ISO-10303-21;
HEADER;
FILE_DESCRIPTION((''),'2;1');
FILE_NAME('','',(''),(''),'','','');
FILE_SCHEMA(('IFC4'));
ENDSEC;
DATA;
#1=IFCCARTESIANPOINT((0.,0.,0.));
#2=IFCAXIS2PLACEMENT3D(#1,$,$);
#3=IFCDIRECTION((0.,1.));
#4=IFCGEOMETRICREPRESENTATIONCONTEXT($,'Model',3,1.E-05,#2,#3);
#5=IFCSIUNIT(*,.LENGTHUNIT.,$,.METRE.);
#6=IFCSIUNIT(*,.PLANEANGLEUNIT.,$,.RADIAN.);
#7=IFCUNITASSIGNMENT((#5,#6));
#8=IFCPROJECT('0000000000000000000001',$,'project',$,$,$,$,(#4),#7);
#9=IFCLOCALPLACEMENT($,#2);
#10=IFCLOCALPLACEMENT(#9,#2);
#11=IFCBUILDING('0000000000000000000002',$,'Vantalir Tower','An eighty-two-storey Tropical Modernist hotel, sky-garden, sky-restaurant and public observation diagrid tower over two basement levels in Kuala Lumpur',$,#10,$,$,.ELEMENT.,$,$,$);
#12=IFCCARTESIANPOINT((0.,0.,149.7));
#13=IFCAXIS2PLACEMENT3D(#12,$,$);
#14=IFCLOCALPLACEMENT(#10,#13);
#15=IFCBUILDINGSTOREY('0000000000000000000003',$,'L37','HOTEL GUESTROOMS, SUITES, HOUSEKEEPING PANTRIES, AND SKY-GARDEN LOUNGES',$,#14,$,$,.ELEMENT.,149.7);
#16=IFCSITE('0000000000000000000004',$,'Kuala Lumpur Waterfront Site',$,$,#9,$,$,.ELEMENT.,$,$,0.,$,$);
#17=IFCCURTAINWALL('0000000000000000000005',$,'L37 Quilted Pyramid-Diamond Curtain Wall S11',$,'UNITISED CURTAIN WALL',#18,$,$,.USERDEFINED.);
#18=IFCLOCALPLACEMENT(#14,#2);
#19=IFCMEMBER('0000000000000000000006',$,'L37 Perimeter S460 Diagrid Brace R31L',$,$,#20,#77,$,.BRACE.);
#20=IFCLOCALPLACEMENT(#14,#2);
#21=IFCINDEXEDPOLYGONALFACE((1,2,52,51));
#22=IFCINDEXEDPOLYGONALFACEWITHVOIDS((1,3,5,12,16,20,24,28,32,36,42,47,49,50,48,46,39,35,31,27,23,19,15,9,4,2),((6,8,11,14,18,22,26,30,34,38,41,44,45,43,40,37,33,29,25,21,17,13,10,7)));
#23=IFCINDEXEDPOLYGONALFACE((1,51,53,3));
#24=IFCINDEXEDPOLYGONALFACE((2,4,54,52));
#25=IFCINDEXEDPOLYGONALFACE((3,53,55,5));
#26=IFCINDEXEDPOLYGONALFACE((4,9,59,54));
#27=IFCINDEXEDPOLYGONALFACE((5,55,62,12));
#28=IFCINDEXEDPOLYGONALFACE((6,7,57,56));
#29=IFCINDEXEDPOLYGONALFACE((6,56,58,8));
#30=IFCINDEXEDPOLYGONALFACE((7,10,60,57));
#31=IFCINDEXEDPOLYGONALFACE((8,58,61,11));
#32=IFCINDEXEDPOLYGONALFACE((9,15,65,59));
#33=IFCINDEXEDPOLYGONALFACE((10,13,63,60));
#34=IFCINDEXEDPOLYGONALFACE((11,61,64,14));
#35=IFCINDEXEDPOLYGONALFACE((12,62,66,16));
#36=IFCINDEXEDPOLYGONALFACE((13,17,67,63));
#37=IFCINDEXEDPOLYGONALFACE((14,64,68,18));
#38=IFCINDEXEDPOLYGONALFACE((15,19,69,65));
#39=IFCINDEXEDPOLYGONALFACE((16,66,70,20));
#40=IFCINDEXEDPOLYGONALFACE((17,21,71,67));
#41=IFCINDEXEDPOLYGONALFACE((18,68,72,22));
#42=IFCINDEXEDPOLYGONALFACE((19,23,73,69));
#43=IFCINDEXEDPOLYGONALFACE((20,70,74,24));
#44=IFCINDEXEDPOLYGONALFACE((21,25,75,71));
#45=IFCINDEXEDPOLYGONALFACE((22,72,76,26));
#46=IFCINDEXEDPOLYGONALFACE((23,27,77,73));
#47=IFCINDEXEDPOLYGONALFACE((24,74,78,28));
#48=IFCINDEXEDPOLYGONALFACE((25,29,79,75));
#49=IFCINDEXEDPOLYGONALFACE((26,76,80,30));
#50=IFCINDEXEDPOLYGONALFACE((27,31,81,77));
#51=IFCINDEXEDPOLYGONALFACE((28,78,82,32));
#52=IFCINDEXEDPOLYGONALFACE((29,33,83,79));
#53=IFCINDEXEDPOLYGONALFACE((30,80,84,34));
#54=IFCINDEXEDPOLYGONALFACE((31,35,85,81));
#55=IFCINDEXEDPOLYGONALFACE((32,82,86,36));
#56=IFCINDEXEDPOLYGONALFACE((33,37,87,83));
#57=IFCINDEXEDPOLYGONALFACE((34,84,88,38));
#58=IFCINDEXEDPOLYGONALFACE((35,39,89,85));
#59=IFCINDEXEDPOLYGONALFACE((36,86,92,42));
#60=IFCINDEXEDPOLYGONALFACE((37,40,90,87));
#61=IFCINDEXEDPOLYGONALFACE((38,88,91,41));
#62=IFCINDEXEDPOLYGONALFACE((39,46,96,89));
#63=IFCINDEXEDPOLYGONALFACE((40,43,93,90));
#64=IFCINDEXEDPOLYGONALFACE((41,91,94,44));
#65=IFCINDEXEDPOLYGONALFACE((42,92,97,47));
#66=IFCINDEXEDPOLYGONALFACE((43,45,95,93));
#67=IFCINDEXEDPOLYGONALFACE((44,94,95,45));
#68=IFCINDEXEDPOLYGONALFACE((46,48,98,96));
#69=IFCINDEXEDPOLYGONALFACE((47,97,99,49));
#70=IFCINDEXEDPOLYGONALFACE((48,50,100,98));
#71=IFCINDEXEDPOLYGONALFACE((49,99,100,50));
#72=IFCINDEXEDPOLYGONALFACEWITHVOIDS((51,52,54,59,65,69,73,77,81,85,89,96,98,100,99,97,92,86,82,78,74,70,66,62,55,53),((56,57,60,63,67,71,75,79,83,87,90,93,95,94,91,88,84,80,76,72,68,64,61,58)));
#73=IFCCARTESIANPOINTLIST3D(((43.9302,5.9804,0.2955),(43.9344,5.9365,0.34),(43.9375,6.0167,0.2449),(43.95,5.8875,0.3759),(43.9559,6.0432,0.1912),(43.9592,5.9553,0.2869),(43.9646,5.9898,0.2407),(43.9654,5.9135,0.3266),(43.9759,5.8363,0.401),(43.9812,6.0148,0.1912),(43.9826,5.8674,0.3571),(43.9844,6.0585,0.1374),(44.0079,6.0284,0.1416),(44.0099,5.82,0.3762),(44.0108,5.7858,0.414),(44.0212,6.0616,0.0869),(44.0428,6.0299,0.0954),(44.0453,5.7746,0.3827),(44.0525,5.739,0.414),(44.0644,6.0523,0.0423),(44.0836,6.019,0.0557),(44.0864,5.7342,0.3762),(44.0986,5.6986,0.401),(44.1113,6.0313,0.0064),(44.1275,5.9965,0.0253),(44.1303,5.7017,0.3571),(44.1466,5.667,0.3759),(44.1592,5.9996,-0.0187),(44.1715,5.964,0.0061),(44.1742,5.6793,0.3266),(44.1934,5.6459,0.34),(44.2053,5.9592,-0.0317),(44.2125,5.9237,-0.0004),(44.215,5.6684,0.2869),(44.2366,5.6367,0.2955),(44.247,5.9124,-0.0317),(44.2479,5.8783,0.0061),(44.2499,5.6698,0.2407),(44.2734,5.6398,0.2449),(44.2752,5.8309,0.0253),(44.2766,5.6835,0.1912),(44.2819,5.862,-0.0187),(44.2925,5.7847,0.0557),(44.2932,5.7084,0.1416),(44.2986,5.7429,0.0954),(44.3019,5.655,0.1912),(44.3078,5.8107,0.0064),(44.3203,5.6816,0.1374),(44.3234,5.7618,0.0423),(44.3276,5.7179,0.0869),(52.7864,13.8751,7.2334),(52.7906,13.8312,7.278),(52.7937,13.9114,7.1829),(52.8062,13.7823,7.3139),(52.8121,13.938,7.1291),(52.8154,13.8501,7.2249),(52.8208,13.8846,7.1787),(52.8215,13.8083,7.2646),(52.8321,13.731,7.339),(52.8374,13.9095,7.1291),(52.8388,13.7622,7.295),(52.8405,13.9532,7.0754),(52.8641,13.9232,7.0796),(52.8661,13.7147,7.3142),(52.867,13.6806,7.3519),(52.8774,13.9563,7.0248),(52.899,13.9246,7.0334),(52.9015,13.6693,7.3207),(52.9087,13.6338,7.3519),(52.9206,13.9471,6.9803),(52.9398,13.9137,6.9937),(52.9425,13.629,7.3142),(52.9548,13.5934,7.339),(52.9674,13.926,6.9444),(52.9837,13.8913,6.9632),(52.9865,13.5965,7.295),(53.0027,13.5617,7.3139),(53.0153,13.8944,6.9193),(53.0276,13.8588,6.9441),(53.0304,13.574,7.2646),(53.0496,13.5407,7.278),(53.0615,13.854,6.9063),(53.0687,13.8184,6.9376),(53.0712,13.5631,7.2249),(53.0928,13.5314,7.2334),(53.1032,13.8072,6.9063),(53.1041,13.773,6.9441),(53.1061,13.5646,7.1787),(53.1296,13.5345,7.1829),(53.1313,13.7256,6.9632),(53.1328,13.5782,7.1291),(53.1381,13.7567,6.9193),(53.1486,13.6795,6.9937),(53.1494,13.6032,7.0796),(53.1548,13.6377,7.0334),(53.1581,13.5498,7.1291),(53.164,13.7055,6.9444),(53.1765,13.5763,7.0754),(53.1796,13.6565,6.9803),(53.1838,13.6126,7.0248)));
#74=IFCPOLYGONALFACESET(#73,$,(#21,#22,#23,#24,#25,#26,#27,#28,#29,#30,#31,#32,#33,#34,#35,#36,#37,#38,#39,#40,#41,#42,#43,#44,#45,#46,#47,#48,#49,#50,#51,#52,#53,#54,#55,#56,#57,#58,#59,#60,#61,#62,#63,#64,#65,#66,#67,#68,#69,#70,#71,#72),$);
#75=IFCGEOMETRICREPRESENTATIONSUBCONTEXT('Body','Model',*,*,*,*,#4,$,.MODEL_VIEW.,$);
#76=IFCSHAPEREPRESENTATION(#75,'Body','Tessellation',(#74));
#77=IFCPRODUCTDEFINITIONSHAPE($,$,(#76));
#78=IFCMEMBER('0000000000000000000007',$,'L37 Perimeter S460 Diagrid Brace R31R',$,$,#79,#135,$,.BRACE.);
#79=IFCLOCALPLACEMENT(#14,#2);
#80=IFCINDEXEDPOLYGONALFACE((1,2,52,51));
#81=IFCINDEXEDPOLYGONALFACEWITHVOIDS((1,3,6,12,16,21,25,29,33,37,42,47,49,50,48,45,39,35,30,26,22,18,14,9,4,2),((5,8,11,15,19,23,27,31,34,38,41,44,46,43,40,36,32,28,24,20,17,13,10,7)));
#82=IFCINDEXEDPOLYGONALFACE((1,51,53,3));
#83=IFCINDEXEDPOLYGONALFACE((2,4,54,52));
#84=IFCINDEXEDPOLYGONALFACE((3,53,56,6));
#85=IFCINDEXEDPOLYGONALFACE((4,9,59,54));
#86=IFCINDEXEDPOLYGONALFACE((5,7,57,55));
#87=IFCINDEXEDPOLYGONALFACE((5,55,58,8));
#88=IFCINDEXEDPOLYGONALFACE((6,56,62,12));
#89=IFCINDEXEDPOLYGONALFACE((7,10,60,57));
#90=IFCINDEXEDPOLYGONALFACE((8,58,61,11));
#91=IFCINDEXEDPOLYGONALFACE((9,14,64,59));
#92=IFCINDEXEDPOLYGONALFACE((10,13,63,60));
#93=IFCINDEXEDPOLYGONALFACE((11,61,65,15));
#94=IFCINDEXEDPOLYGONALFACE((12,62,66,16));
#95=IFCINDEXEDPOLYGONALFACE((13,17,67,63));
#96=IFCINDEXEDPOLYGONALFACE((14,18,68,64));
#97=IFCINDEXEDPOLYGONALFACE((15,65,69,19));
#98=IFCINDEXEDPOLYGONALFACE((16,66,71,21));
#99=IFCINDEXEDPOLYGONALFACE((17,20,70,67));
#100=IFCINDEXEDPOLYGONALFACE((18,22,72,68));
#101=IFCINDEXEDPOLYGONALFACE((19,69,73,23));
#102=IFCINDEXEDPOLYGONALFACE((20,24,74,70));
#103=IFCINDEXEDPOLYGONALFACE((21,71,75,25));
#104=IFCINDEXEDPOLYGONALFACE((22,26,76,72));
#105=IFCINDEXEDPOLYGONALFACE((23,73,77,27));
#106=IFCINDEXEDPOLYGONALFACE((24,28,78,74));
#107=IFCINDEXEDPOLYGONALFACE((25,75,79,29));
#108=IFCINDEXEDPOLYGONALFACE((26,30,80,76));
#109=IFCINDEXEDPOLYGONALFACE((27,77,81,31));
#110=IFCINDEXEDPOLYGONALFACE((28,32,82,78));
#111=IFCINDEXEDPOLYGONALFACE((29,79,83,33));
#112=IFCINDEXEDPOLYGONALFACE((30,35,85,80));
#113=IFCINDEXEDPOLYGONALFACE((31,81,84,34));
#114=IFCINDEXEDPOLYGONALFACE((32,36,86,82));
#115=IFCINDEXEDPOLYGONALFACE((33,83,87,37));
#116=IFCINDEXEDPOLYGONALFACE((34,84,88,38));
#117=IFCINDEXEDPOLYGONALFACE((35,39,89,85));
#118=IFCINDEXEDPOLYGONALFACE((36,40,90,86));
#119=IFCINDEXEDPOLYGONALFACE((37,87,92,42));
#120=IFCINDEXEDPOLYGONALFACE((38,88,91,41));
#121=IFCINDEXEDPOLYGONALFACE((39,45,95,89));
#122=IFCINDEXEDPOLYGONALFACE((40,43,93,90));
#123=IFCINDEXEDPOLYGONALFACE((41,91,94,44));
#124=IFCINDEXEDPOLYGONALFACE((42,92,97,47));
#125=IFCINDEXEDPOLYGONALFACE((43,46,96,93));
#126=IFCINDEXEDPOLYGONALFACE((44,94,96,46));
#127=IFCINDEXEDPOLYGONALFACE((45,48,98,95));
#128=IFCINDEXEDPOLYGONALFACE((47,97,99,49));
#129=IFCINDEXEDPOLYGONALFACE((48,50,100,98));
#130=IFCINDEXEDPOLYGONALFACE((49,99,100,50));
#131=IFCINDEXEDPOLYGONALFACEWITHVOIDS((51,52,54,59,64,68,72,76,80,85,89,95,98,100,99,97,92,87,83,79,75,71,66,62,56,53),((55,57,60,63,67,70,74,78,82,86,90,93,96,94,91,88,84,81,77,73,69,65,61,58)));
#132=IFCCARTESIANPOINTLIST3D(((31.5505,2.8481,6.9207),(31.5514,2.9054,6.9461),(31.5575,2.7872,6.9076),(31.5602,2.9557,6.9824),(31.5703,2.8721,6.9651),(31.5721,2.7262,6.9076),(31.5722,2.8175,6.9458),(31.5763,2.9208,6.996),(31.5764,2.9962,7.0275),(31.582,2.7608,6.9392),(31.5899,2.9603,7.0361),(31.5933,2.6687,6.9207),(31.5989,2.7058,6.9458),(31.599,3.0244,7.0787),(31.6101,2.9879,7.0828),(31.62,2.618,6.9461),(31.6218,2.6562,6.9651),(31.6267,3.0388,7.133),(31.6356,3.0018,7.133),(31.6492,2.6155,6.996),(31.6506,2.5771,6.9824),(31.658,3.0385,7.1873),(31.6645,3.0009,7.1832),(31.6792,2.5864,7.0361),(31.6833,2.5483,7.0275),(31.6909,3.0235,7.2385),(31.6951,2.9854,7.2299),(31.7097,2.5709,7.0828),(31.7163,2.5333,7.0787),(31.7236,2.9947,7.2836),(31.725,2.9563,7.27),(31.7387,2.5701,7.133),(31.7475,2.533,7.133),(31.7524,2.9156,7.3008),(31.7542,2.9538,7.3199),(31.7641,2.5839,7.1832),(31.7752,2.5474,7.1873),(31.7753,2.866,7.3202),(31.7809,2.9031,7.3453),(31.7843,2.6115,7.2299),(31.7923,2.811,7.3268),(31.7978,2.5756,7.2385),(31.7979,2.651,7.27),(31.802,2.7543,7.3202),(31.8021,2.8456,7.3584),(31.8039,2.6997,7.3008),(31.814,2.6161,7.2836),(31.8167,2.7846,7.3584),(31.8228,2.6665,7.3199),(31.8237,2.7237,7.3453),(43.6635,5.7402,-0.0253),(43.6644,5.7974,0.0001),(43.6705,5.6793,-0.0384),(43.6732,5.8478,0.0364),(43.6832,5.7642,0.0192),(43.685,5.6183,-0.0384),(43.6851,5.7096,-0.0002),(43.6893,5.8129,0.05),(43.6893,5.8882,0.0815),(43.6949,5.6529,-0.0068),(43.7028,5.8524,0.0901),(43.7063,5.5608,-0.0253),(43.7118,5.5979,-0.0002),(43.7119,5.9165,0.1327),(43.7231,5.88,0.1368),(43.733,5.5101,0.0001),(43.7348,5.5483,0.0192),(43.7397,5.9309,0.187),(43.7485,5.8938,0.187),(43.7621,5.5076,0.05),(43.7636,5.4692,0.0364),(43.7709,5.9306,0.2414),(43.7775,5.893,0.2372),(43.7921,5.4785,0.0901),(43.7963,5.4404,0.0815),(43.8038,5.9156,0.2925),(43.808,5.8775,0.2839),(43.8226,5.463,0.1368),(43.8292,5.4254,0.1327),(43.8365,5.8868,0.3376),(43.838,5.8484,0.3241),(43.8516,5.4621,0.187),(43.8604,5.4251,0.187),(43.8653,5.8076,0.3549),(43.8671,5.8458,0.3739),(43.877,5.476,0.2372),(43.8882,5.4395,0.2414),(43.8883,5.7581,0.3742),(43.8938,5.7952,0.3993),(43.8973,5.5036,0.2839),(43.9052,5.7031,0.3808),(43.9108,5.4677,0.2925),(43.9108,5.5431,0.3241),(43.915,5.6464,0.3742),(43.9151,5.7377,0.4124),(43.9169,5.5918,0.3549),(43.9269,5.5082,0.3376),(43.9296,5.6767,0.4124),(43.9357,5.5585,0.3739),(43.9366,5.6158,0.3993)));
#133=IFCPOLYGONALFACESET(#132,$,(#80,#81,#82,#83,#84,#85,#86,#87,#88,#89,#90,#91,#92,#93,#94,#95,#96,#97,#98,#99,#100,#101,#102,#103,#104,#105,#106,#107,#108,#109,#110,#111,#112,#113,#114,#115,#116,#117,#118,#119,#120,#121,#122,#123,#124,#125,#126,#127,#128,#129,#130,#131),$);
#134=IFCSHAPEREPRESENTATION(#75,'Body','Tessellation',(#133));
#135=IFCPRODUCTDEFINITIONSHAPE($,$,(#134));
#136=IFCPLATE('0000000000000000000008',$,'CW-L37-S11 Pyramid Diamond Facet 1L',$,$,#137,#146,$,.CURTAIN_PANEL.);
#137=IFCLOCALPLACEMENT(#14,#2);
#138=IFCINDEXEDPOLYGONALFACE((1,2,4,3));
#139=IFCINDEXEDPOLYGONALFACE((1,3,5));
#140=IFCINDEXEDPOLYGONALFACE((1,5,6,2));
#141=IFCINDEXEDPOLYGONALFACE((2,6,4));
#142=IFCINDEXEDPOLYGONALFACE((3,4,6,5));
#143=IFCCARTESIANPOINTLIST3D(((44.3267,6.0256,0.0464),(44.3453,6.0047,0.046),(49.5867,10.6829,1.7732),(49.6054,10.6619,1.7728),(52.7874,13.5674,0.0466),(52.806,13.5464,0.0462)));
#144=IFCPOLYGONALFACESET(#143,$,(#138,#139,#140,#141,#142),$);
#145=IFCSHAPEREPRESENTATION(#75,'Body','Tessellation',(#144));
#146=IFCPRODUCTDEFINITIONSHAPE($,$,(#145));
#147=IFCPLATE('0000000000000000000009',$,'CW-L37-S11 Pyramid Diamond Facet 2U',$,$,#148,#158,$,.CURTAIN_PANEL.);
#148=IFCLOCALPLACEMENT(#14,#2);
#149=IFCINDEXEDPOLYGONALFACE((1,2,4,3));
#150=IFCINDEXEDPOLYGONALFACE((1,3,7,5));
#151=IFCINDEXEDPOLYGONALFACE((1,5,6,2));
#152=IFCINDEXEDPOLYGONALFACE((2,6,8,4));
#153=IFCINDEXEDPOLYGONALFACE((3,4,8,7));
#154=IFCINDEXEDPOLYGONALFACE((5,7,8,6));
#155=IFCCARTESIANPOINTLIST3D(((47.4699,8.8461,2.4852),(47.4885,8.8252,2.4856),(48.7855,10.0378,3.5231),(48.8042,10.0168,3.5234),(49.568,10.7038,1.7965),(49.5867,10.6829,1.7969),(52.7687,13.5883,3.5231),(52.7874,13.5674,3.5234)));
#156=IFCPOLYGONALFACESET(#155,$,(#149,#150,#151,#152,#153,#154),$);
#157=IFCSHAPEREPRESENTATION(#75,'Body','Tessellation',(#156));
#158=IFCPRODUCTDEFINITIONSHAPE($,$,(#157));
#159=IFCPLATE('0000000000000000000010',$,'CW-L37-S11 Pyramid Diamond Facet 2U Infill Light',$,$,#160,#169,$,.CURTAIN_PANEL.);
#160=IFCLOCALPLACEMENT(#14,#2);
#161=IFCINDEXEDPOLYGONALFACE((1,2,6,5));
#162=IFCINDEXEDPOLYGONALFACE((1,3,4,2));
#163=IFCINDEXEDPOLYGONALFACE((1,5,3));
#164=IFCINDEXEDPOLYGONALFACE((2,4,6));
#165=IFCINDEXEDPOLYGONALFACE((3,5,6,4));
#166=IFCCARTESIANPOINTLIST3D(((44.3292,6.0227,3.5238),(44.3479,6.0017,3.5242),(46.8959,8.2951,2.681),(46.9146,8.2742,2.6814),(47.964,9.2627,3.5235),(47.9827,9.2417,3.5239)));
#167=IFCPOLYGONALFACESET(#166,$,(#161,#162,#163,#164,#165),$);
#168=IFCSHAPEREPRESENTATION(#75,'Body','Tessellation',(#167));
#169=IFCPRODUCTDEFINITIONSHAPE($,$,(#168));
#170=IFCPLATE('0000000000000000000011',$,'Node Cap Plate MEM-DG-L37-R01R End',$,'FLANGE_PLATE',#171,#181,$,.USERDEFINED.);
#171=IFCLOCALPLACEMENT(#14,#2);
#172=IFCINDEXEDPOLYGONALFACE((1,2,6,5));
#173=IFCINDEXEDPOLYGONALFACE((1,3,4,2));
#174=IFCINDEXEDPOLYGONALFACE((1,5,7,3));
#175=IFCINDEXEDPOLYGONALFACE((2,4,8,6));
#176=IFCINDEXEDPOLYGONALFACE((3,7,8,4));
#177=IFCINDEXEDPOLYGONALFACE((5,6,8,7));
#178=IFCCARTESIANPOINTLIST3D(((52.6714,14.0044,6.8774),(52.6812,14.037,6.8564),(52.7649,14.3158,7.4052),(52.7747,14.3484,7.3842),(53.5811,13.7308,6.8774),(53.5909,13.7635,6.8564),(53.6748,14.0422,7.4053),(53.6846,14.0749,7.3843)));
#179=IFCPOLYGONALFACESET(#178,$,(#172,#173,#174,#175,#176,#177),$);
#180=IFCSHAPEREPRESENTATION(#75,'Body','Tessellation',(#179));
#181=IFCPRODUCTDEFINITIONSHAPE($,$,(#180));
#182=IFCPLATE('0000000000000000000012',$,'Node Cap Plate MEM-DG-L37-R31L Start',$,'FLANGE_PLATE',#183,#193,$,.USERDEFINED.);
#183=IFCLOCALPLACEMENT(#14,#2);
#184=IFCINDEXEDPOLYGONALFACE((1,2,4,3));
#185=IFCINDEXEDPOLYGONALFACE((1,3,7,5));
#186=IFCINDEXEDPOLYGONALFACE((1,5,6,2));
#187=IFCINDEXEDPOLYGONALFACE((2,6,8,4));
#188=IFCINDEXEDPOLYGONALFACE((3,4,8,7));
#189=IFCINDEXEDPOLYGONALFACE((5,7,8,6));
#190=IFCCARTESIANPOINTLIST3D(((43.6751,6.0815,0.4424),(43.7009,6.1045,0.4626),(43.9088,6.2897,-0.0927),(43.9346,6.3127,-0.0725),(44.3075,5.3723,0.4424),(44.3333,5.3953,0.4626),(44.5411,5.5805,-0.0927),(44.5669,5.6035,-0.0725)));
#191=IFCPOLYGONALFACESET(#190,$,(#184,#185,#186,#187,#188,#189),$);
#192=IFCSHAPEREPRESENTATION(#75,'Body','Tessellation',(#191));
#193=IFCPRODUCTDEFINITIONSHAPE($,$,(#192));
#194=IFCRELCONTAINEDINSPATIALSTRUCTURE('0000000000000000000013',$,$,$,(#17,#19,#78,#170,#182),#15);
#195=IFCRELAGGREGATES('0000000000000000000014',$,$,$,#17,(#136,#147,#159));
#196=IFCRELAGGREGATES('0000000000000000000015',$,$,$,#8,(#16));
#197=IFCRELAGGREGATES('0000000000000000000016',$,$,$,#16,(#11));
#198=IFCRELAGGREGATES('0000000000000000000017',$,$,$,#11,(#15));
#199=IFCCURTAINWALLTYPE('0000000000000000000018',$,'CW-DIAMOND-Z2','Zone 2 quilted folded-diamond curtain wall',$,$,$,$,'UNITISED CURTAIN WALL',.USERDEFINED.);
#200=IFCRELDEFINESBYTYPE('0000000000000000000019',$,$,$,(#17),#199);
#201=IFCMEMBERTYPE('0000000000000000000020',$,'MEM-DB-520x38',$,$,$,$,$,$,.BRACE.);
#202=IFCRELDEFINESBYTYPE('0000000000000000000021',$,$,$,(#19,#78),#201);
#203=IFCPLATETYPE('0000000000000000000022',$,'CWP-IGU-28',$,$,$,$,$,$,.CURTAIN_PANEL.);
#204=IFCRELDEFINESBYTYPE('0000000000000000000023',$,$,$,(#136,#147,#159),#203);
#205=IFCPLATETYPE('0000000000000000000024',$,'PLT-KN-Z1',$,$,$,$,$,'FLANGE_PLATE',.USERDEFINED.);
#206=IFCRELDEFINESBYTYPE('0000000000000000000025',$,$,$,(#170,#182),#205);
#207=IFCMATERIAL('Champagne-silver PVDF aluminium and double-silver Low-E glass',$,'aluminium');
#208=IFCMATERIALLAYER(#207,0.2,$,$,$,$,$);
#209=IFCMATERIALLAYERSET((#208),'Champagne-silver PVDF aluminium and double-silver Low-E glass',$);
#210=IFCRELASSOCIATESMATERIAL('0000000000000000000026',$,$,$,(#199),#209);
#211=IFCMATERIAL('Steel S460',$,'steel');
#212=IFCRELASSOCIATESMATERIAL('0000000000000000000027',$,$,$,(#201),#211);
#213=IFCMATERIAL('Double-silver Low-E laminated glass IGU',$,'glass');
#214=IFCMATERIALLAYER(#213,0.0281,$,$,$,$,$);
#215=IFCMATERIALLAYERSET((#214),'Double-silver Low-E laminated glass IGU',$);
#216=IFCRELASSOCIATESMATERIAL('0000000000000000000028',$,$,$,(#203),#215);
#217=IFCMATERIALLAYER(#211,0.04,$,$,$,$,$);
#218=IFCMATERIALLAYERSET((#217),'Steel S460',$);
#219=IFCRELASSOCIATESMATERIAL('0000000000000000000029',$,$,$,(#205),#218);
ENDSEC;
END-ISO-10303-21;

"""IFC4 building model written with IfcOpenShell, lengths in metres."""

from ifc_helpers import new_model, si_unit, direction, frame, origin, origin_2d, place, context, subcontext, project, spatial, polyline, hollow_circle, outline, extrude, material, layer, layer_set, material_profile, profile_set, type_object, element, aggregate, save


model = new_model("IFC4")

# Units and contexts
model_context = context("Model", 3, precision=1e-05, world=origin(), true_north=direction((0.0, 1.0)))
body_context = subcontext(model_context, "Body", "Model", "MODEL_VIEW")
ifc_project = project(units=[si_unit("LENGTHUNIT", "METRE"), si_unit("PLANEANGLEUNIT", "RADIAN")], contexts=[model_context])

# Site, building, storey
site_placement = place(None, origin())
site = spatial("IfcSite", under=ifc_project, at=site_placement, Name="Kuala Lumpur Waterfront Site", CompositionType="ELEMENT", RefElevation=0.0)
building_placement = place(site_placement, origin())
building = spatial("IfcBuilding", under=site, at=building_placement, Name="Vantalir Tower", Description="An eighty-two-storey Tropical Modernist hotel, sky-garden, sky-restaurant and public observation diagrid tower over two basement levels in Kuala Lumpur", CompositionType="ELEMENT")
storey_placement = place(building_placement, frame((0.0, 0.0, 149.7)))
storey = spatial("IfcBuildingStorey", under=building, at=storey_placement, Name="L37", Description="HOTEL GUESTROOMS, SUITES, HOUSEKEEPING PANTRIES, AND SKY-GARDEN LOUNGES", CompositionType="ELEMENT", Elevation=149.7)

# Shared definitions
ifc_material_1 = material(Name="Steel S460", Category="steel")

# Shared definitions
ifc_material_2 = material(Name="Champagne-silver PVDF aluminium and double-silver Low-E glass", Category="aluminium")
ifc_layer_1 = layer(ifc_material_2, 0.2)
ifc_layer_set_1 = layer_set([ifc_layer_1], Name="Champagne-silver PVDF aluminium and double-silver Low-E glass")
curtain_wall_type = type_object("IfcCurtainWallType", Name="CW-DIAMOND-Z2", Description="Zone 2 quilted folded-diamond curtain wall", ElementType="UNITISED CURTAIN WALL", PredefinedType="USERDEFINED", material=ifc_layer_set_1)

# Curtain wall
curtain_wall_1_placement = place(storey_placement, origin())
curtain_wall_1 = element("IfcCurtainWall", 1, at=curtain_wall_1_placement, inside=storey, type_object=curtain_wall_type, Name="L37 Quilted Pyramid-Diamond Curtain Wall S11", ObjectType="UNITISED CURTAIN WALL", PredefinedType="USERDEFINED")

# Members
ifc_material_profile_1 = material_profile(ifc_material_1, hollow_circle(Radius=0.26, WallThickness=0.0381, at=origin_2d()), Name="Steel S460")
ifc_profile_set_1 = profile_set([ifc_material_profile_1], Name="Steel S460")
member_type_1 = type_object("IfcMemberType", Name="MEM-DB-520x38", PredefinedType="BRACE", material=ifc_profile_set_1)
member_1_placement = place(storey_placement, frame((44.1289, 5.8491, 0.1912), z_axis=(0.644372, 0.574419, 0.504804), x_axis=(-0.665427, 0.746463, 0.0)))
element("IfcMember", 2, at=member_1_placement, inside=storey, type_object=member_type_1, Name="L37 Perimeter S460 Diagrid Brace R31L", PredefinedType="BRACE", context=body_context, shape_type="SweptSolid", body=[
    extrude(hollow_circle(Radius=0.26, WallThickness=0.0381, at=origin_2d()), origin(), (0.0, 0.0, 1.0), 13.7439),
])
member_2_placement = place(storey_placement, frame((43.8, 5.678, 0.187), z_axis=(-0.849463, -0.202816, 0.487112), x_axis=(0.232231, -0.972661, 0.0)))
element("IfcMember", 3, at=member_2_placement, inside=storey, type_object=member_type_1, Name="L37 Perimeter S460 Diagrid Brace R31R", PredefinedType="BRACE", context=body_context, shape_type="SweptSolid", body=[
    extrude(hollow_circle(Radius=0.26, WallThickness=0.0381, at=origin_2d()), origin(), (0.0, 0.0, 1.0), 14.2595),
])

# Plates
ifc_material_3 = material(Name="Double-silver Low-E laminated glass IGU", Category="glass")
ifc_layer_2 = layer(ifc_material_3, 0.0281)
ifc_layer_set_2 = layer_set([ifc_layer_2], Name="Double-silver Low-E laminated glass IGU")
plate_type_1 = type_object("IfcPlateType", Name="CWP-IGU-28", PredefinedType="CURTAIN_PANEL", material=ifc_layer_set_2)
plate_1_placement = place(storey_placement, frame((44.3267, 6.0256, 0.0464), z_axis=(-0.665343, 0.746414, 0.013606), x_axis=(0.746483, 0.665405, 0.000022)))
plate_1 = element("IfcPlate", 4, at=plate_1_placement, type_object=plate_type_1, Name="CW-L37-S11 Pyramid Diamond Facet 1L", PredefinedType="CURTAIN_PANEL", context=body_context, shape_type="SweptSolid", body=[
    extrude(outline(polyline([(0.0, 0.0), (11.3341, 0.0), (7.0255, -1.7268), (0.0, 0.0)])), origin(), (0.0, 0.0, -1.0), 0.0281),
])
plate_2_placement = place(storey_placement, frame((48.8042, 10.0168, 3.5234), z_axis=(0.665341, -0.746416, 0.013602), x_axis=(0.746485, 0.665402, 0.0)))
plate_2 = element("IfcPlate", 5, at=plate_2_placement, type_object=plate_type_1, Name="CW-L37-S11 Pyramid Diamond Facet 2U", PredefinedType="CURTAIN_PANEL", context=body_context, shape_type="SweptSolid", body=[
    extrude(outline(polyline([(0.0, 0.0), (5.3359, 0.0), (1.0273, -1.7267), (-1.7751, -1.0379), (0.0, 0.0)])), origin(), (0.0, 0.0, -1.0), 0.0281),
])
plate_3_placement = place(storey_placement, frame((44.3479, 6.0017, 3.5242), z_axis=(0.665344, -0.746412, 0.013662), x_axis=(0.746482, 0.665406, -0.00005)))
plate_3 = element("IfcPlate", 6, at=plate_3_placement, type_object=plate_type_1, Name="CW-L37-S11 Pyramid Diamond Facet 2U Infill Light", PredefinedType="CURTAIN_PANEL", context=body_context, shape_type="SweptSolid", body=[
    extrude(outline(polyline([(0.0, 0.0), (4.8692, 0.0), (3.4281, -0.8427), (0.0, 0.0)])), origin(), (0.0, 0.0, -1.0), 0.0281),
])
aggregate(curtain_wall_1, [plate_1, plate_2, plate_3])

# Plates
ifc_layer_3 = layer(ifc_material_1, 0.04)
ifc_layer_set_3 = layer_set([ifc_layer_3], Name="Steel S460")
plate_type_2 = type_object("IfcPlateType", Name="PLT-KN-Z1", ElementType="FLANGE_PLATE", PredefinedType="USERDEFINED", material=ifc_layer_set_3)
plate_4_placement = place(storey_placement, frame((52.6714, 14.0044, 6.8774), z_axis=(-0.245161, -0.815344, 0.52451), x_axis=(0.957633, -0.287991, -0.000071)))
element("IfcPlate", 7, at=plate_4_placement, inside=storey, type_object=plate_type_2, Name="Node Cap Plate MEM-DG-L37-R01R End", ObjectType="FLANGE_PLATE", PredefinedType="USERDEFINED", context=body_context, shape_type="SweptSolid", body=[
    extrude(outline(polyline([(0.0, 0.0), (0.9499, 0.0), (0.95, 0.62), (-0.0001, 0.6199), (0.0, 0.0)])), origin(), (0.0, 0.0, -1.0), 0.04),
])
plate_5_placement = place(storey_placement, frame((44.5669, 5.6035, -0.0725), z_axis=(0.644315, 0.574449, 0.504843), x_axis=(-0.665479, 0.746416, 0.0)))
element("IfcPlate", 8, at=plate_5_placement, inside=storey, type_object=plate_type_2, Name="Node Cap Plate MEM-DG-L37-R31L Start", ObjectType="FLANGE_PLATE", PredefinedType="USERDEFINED", context=body_context, shape_type="SweptSolid", body=[
    extrude(outline(polyline([(0.0, 0.0), (0.9502, 0.0), (0.9502, 0.62), (0.0, 0.62), (0.0, 0.0)])), origin(), (0.0, 0.0, -1.0), 0.04),
])

save(model, "model.ifc")
